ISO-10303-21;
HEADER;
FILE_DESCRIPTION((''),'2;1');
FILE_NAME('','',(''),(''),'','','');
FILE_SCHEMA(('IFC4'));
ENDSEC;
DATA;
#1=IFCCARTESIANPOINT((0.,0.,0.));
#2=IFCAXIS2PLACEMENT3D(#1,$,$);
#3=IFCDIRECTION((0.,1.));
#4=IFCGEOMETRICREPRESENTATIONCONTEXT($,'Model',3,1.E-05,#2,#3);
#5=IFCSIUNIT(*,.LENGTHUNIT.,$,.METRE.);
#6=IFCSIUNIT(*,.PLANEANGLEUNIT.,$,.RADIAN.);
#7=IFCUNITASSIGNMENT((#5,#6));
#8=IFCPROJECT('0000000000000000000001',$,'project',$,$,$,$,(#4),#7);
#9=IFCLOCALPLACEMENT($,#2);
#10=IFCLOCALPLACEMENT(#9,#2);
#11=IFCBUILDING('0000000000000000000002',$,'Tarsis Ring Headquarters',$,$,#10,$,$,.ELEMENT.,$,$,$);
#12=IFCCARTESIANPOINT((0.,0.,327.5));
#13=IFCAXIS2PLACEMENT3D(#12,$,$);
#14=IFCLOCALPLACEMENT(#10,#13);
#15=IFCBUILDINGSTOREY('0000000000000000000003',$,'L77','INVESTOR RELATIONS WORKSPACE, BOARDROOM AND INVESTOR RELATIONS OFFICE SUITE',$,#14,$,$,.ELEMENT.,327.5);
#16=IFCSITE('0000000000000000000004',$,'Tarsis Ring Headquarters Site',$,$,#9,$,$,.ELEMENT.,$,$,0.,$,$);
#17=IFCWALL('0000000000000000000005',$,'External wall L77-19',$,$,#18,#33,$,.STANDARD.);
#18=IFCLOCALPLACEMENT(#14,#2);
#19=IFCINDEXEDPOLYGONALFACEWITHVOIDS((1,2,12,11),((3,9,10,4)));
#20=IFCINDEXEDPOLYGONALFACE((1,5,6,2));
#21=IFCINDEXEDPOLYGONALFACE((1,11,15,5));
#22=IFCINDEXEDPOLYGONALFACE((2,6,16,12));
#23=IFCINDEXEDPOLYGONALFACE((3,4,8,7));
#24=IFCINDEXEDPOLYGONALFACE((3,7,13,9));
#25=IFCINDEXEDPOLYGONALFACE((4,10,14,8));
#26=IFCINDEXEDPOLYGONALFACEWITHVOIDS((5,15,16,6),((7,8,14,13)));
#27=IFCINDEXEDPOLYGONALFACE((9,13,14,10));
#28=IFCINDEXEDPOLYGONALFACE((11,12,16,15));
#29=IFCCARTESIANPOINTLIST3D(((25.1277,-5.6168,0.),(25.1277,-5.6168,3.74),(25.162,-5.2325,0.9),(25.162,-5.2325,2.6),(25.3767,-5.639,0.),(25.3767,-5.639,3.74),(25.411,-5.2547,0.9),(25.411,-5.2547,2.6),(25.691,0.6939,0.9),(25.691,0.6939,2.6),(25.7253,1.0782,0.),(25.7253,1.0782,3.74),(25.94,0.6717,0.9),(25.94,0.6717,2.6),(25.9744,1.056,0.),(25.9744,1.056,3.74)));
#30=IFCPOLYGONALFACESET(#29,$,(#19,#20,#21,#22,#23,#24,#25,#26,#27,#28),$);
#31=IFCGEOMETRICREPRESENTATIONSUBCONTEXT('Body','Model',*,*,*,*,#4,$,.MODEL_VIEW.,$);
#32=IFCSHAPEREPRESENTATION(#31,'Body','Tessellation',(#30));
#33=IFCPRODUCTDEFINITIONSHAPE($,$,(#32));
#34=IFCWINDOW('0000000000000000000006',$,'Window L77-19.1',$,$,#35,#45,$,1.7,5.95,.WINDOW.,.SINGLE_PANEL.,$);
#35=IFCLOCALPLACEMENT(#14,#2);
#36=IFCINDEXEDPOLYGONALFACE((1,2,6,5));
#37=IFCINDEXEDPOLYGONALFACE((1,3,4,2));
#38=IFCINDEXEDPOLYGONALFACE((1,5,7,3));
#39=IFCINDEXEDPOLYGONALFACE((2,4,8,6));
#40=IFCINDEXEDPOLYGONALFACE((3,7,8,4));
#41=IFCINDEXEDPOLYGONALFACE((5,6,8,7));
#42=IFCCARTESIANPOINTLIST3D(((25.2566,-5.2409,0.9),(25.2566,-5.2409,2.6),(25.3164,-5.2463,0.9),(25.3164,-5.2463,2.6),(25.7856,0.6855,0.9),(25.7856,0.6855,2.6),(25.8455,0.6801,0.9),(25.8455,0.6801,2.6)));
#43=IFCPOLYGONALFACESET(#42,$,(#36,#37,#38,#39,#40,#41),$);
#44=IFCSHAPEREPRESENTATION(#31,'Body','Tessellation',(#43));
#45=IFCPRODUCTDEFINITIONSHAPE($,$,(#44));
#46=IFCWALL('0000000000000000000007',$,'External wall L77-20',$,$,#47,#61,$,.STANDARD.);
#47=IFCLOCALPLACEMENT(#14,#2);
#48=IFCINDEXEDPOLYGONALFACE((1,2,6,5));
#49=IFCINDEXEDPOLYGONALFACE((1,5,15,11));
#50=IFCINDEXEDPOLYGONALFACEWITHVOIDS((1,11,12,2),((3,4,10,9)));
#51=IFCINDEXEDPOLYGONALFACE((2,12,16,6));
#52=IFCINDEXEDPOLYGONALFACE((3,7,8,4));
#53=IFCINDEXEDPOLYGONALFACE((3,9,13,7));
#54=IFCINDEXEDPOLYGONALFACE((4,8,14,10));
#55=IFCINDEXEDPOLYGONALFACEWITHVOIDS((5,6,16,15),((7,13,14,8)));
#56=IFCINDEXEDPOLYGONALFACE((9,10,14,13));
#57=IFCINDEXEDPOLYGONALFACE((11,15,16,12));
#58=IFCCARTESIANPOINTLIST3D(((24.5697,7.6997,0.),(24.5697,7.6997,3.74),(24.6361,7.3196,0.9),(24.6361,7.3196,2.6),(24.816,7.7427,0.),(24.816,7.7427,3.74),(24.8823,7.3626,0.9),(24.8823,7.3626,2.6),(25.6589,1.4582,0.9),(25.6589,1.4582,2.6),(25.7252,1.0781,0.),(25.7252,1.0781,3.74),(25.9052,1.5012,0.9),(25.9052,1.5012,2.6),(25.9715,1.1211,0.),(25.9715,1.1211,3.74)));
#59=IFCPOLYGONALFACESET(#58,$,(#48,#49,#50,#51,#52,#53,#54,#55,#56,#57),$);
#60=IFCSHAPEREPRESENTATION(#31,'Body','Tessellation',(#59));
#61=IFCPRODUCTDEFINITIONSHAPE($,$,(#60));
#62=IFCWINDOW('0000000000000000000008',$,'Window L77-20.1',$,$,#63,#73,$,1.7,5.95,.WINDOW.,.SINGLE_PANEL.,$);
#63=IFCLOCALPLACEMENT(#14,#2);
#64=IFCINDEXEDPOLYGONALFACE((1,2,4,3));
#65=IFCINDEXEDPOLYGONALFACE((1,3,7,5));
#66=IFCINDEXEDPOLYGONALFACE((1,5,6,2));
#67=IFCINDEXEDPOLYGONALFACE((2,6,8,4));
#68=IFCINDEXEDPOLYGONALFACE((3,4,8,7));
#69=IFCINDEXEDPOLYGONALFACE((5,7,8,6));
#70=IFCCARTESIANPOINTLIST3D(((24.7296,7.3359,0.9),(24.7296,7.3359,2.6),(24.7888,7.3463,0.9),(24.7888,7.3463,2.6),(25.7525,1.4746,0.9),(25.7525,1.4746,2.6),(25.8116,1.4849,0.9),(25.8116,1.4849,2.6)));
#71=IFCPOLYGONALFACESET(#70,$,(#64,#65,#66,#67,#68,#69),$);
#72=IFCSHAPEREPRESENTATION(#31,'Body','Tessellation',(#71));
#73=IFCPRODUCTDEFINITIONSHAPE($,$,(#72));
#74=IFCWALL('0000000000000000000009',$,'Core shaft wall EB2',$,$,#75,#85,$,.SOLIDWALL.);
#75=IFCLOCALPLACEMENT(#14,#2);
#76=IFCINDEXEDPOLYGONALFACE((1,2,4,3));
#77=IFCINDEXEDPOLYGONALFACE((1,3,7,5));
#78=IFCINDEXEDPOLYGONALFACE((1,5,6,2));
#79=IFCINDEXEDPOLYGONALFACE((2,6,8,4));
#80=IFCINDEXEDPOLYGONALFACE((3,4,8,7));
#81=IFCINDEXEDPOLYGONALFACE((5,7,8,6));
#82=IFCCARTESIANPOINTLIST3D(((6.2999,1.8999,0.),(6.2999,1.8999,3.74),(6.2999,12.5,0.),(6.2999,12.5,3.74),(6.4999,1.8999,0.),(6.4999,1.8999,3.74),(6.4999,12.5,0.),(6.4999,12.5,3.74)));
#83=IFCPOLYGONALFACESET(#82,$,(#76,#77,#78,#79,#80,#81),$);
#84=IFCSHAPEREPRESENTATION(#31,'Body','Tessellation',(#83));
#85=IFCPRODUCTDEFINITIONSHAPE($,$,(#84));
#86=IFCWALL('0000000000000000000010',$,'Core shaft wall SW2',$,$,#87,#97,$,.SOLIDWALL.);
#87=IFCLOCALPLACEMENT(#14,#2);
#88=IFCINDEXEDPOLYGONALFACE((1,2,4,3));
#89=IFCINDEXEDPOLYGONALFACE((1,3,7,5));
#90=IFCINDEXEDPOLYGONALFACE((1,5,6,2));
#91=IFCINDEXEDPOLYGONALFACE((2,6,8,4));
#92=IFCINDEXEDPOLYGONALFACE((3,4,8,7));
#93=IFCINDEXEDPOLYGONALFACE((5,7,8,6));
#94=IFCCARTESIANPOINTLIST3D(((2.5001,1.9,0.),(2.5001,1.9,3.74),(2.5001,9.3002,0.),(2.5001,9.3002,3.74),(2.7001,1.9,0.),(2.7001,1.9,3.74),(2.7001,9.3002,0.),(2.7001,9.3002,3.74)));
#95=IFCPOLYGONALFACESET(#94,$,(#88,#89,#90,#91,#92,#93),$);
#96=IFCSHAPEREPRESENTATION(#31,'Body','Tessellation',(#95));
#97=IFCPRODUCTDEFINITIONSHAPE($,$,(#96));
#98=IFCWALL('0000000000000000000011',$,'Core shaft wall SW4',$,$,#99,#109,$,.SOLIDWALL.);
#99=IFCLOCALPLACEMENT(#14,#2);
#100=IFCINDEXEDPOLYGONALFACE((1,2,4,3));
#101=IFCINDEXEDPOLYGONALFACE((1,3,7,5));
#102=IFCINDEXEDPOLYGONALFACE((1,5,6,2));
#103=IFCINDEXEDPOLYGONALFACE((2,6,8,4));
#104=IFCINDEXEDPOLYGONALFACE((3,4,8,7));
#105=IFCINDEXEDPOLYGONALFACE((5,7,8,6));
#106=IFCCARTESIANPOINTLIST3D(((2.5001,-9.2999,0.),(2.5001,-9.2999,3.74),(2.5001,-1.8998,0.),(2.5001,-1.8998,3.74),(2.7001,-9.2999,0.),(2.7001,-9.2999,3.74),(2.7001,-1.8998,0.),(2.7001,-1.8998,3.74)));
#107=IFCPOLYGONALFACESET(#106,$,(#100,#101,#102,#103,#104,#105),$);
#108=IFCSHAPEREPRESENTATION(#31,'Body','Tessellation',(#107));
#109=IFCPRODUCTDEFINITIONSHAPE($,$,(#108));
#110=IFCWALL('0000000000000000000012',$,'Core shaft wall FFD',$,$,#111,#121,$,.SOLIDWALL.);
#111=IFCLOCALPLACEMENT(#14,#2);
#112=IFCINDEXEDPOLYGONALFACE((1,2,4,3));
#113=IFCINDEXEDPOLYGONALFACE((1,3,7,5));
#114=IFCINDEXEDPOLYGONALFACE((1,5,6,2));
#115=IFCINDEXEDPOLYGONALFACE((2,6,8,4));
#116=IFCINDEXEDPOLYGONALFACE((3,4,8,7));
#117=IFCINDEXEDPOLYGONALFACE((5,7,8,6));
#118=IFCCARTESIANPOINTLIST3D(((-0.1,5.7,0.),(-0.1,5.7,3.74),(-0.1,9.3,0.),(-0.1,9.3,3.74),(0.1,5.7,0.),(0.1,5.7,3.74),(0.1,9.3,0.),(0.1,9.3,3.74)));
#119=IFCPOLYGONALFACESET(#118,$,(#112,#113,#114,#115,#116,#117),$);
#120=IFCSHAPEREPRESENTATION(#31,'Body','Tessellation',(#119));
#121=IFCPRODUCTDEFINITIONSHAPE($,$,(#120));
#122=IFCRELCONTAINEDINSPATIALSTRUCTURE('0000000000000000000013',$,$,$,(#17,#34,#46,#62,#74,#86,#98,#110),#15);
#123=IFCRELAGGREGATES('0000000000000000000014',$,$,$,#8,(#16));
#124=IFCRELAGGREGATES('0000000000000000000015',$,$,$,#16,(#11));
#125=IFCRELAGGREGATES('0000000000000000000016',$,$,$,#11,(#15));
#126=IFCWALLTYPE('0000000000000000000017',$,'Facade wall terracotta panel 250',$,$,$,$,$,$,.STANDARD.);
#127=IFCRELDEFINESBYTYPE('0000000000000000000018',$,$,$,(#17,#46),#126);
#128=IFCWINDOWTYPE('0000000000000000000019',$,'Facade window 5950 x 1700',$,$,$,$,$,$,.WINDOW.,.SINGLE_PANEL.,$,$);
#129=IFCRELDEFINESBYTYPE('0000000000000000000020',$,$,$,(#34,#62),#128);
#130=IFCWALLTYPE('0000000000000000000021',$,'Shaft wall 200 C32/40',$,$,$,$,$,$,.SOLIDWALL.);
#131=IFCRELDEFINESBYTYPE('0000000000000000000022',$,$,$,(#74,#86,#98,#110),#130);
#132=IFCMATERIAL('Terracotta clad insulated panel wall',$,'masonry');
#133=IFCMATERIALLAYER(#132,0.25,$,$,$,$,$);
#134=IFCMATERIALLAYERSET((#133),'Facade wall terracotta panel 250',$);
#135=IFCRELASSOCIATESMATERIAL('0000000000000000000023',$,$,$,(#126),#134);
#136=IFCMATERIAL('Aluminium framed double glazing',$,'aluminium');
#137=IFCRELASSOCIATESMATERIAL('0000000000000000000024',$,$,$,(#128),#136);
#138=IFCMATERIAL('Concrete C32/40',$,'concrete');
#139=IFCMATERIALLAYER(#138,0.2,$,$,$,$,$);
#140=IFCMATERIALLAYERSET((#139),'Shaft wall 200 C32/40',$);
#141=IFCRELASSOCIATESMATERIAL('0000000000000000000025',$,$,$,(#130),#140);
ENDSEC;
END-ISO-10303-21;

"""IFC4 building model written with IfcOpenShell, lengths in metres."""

from ifc_helpers import new_model, si_unit, direction, frame, frame_2d, origin, place, context, subcontext, project, spatial, rectangle, extrude, material, layer, layer_set, type_object, element, fill, save


model = new_model("IFC4")

# Units and contexts
model_context = context("Model", 3, precision=1e-05, world=origin(), true_north=direction((0.0, 1.0)))
body_context = subcontext(model_context, "Body", "Model", "MODEL_VIEW")
ifc_project = project(units=[si_unit("LENGTHUNIT", "METRE"), si_unit("PLANEANGLEUNIT", "RADIAN")], contexts=[model_context])

# Site, building, storey
site_placement = place(None, origin())
site = spatial("IfcSite", under=ifc_project, at=site_placement, Name="Tarsis Ring Headquarters Site", CompositionType="ELEMENT", RefElevation=0.0)
building_placement = place(site_placement, origin())
building = spatial("IfcBuilding", under=site, at=building_placement, Name="Tarsis Ring Headquarters", CompositionType="ELEMENT")
storey_placement = place(building_placement, frame((0.0, 0.0, 327.5)))
storey = spatial("IfcBuildingStorey", under=building, at=storey_placement, Name="L77", Description="INVESTOR RELATIONS WORKSPACE, BOARDROOM AND INVESTOR RELATIONS OFFICE SUITE", CompositionType="ELEMENT", Elevation=327.5)

# Walls, openings, windows
ifc_material_1 = material(Name="Terracotta clad insulated panel wall", Category="masonry")
ifc_layer_1 = layer(ifc_material_1, 0.25)
ifc_layer_set_1 = layer_set([ifc_layer_1], Name="Facade wall terracotta panel 250")
wall_type_1 = type_object("IfcWallType", Name="Facade wall terracotta panel 250", PredefinedType="STANDARD", material=ifc_layer_set_1)
wall_1_placement = place(storey_placement, frame((25.2522, -5.6279, 0.0), z_axis=(0.0, 0.0, 1.0), x_axis=(0.088915, 0.996039, 0.0)))
wall_1 = element("IfcWall", 1, at=wall_1_placement, inside=storey, type_object=wall_type_1, Name="External wall L77-19", PredefinedType="STANDARD", context=body_context, shape_type="SweptSolid", body=[
    extrude(rectangle(XDim=6.7217, YDim=0.25, at=frame_2d((3.3608, 0.0))), origin(), (0.0, 0.0, 1.0), 3.74),
])
opening_1_placement = place(wall_1_placement, frame((0.3857, 0.0, 0.8999)))
opening_1 = element("IfcOpeningElement", 2, at=opening_1_placement, cuts=wall_1, PredefinedType="OPENING", context=body_context, shape_type="SweptSolid", body=[
    extrude(rectangle(XDim=5.95, YDim=1.7, at=frame_2d((2.9751, 0.8501))), frame((0.0, 0.135, 0.0), z_axis=(0.0, -1.0, 0.0), x_axis=(1.0, 0.0, 0.0)), (0.0, 0.0, 1.0), 0.27),
])
ifc_material_2 = material(Name="Aluminium framed double glazing", Category="aluminium")
window_type = type_object("IfcWindowType", Name="Facade window 5950 x 1700", PartitioningType="SINGLE_PANEL", PredefinedType="WINDOW", material=ifc_material_2)
window_1_placement = place(opening_1_placement, origin())
window_1 = element("IfcWindow", 3, at=window_1_placement, inside=storey, type_object=window_type, Name="Window L77-19.1", OverallHeight=1.7, OverallWidth=5.95, PartitioningType="SINGLE_PANEL", PredefinedType="WINDOW", context=body_context, shape_type="SweptSolid", body=[
    extrude(rectangle(XDim=5.95, YDim=1.7, at=frame_2d((2.9751, 0.8501))), frame((0.0, 0.03, 0.0), z_axis=(0.0, -1.0, 0.0), x_axis=(1.0, 0.0, 0.0)), (0.0, 0.0, 1.0), 0.0601),
])
fill(opening_1, window_1)
wall_2_placement = place(storey_placement, frame((25.8484, 1.0996, 0.0), z_axis=(0.0, 0.0, 1.0), x_axis=(-0.17191, 0.985113, 0.0)))
wall_2 = element("IfcWall", 4, at=wall_2_placement, inside=storey, type_object=wall_type_1, Name="External wall L77-20", PredefinedType="STANDARD", context=body_context, shape_type="SweptSolid", body=[
    extrude(rectangle(XDim=6.7217, YDim=0.25, at=frame_2d((3.3608, 0.0))), origin(), (0.0, 0.0, 1.0), 3.74),
])
opening_2_placement = place(wall_2_placement, frame((0.3857, 0.0, 0.8999)))
opening_2 = element("IfcOpeningElement", 5, at=opening_2_placement, cuts=wall_2, PredefinedType="OPENING", context=body_context, shape_type="SweptSolid", body=[
    extrude(rectangle(XDim=5.95, YDim=1.7, at=frame_2d((2.9751, 0.8501))), frame((0.0, 0.135, 0.0), z_axis=(0.0, -1.0, 0.0), x_axis=(1.0, 0.0, 0.0)), (0.0, 0.0, 1.0), 0.27),
])
window_2_placement = place(opening_2_placement, origin())
window_2 = element("IfcWindow", 6, at=window_2_placement, inside=storey, type_object=window_type, Name="Window L77-20.1", OverallHeight=1.7, OverallWidth=5.95, PartitioningType="SINGLE_PANEL", PredefinedType="WINDOW", context=body_context, shape_type="SweptSolid", body=[
    extrude(rectangle(XDim=5.95, YDim=1.7, at=frame_2d((2.9751, 0.8501))), frame((0.0, 0.03, 0.0), z_axis=(0.0, -1.0, 0.0), x_axis=(1.0, 0.0, 0.0)), (0.0, 0.0, 1.0), 0.0601),
])
fill(opening_2, window_2)

# Walls
ifc_material_3 = material(Name="Concrete C32/40", Category="concrete")
ifc_layer_2 = layer(ifc_material_3, 0.2)
ifc_layer_set_2 = layer_set([ifc_layer_2], Name="Shaft wall 200 C32/40")
wall_type_2 = type_object("IfcWallType", Name="Shaft wall 200 C32/40", PredefinedType="SOLIDWALL", material=ifc_layer_set_2)
wall_3_placement = place(storey_placement, frame((6.3999, 1.8999, 0.0), z_axis=(0.0, 0.0, 1.0), x_axis=(0.0, 1.0, 0.0)))
element("IfcWall", 7, at=wall_3_placement, inside=storey, type_object=wall_type_2, Name="Core shaft wall EB2", PredefinedType="SOLIDWALL", context=body_context, shape_type="SweptSolid", body=[
    extrude(rectangle(XDim=10.6001, YDim=0.2, at=frame_2d((5.3, 0.0))), origin(), (0.0, 0.0, 1.0), 3.74),
])
for number, where, z_axis, x_axis, name in (
    (8, (2.6001, 1.8999, 0.0), (0.0, 0.0, 1.0), (0.0, 1.0, 0.0), "Core shaft wall SW2"),
    (9, (2.6001, -9.3, 0.0), (0.0, 0.0, 1.0), (0.0, 1.0, 0.0), "Core shaft wall SW4"),
):
    element("IfcWall", number, at=place(storey_placement, frame(where, z_axis=z_axis, x_axis=x_axis)), inside=storey, type_object=wall_type_2, Name=name, PredefinedType="SOLIDWALL", context=body_context, shape_type="SweptSolid", body=[
        extrude(rectangle(XDim=7.4001, YDim=0.2, at=frame_2d((3.7002, 0.0))), origin(), (0.0, 0.0, 1.0), 3.74),
    ])
wall_4_placement = place(storey_placement, frame((0.0, 5.7, 0.0), z_axis=(0.0, 0.0, 1.0), x_axis=(0.0, 1.0, 0.0)))
element("IfcWall", 10, at=wall_4_placement, inside=storey, type_object=wall_type_2, Name="Core shaft wall FFD", PredefinedType="SOLIDWALL", context=body_context, shape_type="SweptSolid", body=[
    extrude(rectangle(XDim=3.6001, YDim=0.2, at=frame_2d((1.8, 0.0))), origin(), (0.0, 0.0, 1.0), 3.74),
])

save(model, "model.ifc")
